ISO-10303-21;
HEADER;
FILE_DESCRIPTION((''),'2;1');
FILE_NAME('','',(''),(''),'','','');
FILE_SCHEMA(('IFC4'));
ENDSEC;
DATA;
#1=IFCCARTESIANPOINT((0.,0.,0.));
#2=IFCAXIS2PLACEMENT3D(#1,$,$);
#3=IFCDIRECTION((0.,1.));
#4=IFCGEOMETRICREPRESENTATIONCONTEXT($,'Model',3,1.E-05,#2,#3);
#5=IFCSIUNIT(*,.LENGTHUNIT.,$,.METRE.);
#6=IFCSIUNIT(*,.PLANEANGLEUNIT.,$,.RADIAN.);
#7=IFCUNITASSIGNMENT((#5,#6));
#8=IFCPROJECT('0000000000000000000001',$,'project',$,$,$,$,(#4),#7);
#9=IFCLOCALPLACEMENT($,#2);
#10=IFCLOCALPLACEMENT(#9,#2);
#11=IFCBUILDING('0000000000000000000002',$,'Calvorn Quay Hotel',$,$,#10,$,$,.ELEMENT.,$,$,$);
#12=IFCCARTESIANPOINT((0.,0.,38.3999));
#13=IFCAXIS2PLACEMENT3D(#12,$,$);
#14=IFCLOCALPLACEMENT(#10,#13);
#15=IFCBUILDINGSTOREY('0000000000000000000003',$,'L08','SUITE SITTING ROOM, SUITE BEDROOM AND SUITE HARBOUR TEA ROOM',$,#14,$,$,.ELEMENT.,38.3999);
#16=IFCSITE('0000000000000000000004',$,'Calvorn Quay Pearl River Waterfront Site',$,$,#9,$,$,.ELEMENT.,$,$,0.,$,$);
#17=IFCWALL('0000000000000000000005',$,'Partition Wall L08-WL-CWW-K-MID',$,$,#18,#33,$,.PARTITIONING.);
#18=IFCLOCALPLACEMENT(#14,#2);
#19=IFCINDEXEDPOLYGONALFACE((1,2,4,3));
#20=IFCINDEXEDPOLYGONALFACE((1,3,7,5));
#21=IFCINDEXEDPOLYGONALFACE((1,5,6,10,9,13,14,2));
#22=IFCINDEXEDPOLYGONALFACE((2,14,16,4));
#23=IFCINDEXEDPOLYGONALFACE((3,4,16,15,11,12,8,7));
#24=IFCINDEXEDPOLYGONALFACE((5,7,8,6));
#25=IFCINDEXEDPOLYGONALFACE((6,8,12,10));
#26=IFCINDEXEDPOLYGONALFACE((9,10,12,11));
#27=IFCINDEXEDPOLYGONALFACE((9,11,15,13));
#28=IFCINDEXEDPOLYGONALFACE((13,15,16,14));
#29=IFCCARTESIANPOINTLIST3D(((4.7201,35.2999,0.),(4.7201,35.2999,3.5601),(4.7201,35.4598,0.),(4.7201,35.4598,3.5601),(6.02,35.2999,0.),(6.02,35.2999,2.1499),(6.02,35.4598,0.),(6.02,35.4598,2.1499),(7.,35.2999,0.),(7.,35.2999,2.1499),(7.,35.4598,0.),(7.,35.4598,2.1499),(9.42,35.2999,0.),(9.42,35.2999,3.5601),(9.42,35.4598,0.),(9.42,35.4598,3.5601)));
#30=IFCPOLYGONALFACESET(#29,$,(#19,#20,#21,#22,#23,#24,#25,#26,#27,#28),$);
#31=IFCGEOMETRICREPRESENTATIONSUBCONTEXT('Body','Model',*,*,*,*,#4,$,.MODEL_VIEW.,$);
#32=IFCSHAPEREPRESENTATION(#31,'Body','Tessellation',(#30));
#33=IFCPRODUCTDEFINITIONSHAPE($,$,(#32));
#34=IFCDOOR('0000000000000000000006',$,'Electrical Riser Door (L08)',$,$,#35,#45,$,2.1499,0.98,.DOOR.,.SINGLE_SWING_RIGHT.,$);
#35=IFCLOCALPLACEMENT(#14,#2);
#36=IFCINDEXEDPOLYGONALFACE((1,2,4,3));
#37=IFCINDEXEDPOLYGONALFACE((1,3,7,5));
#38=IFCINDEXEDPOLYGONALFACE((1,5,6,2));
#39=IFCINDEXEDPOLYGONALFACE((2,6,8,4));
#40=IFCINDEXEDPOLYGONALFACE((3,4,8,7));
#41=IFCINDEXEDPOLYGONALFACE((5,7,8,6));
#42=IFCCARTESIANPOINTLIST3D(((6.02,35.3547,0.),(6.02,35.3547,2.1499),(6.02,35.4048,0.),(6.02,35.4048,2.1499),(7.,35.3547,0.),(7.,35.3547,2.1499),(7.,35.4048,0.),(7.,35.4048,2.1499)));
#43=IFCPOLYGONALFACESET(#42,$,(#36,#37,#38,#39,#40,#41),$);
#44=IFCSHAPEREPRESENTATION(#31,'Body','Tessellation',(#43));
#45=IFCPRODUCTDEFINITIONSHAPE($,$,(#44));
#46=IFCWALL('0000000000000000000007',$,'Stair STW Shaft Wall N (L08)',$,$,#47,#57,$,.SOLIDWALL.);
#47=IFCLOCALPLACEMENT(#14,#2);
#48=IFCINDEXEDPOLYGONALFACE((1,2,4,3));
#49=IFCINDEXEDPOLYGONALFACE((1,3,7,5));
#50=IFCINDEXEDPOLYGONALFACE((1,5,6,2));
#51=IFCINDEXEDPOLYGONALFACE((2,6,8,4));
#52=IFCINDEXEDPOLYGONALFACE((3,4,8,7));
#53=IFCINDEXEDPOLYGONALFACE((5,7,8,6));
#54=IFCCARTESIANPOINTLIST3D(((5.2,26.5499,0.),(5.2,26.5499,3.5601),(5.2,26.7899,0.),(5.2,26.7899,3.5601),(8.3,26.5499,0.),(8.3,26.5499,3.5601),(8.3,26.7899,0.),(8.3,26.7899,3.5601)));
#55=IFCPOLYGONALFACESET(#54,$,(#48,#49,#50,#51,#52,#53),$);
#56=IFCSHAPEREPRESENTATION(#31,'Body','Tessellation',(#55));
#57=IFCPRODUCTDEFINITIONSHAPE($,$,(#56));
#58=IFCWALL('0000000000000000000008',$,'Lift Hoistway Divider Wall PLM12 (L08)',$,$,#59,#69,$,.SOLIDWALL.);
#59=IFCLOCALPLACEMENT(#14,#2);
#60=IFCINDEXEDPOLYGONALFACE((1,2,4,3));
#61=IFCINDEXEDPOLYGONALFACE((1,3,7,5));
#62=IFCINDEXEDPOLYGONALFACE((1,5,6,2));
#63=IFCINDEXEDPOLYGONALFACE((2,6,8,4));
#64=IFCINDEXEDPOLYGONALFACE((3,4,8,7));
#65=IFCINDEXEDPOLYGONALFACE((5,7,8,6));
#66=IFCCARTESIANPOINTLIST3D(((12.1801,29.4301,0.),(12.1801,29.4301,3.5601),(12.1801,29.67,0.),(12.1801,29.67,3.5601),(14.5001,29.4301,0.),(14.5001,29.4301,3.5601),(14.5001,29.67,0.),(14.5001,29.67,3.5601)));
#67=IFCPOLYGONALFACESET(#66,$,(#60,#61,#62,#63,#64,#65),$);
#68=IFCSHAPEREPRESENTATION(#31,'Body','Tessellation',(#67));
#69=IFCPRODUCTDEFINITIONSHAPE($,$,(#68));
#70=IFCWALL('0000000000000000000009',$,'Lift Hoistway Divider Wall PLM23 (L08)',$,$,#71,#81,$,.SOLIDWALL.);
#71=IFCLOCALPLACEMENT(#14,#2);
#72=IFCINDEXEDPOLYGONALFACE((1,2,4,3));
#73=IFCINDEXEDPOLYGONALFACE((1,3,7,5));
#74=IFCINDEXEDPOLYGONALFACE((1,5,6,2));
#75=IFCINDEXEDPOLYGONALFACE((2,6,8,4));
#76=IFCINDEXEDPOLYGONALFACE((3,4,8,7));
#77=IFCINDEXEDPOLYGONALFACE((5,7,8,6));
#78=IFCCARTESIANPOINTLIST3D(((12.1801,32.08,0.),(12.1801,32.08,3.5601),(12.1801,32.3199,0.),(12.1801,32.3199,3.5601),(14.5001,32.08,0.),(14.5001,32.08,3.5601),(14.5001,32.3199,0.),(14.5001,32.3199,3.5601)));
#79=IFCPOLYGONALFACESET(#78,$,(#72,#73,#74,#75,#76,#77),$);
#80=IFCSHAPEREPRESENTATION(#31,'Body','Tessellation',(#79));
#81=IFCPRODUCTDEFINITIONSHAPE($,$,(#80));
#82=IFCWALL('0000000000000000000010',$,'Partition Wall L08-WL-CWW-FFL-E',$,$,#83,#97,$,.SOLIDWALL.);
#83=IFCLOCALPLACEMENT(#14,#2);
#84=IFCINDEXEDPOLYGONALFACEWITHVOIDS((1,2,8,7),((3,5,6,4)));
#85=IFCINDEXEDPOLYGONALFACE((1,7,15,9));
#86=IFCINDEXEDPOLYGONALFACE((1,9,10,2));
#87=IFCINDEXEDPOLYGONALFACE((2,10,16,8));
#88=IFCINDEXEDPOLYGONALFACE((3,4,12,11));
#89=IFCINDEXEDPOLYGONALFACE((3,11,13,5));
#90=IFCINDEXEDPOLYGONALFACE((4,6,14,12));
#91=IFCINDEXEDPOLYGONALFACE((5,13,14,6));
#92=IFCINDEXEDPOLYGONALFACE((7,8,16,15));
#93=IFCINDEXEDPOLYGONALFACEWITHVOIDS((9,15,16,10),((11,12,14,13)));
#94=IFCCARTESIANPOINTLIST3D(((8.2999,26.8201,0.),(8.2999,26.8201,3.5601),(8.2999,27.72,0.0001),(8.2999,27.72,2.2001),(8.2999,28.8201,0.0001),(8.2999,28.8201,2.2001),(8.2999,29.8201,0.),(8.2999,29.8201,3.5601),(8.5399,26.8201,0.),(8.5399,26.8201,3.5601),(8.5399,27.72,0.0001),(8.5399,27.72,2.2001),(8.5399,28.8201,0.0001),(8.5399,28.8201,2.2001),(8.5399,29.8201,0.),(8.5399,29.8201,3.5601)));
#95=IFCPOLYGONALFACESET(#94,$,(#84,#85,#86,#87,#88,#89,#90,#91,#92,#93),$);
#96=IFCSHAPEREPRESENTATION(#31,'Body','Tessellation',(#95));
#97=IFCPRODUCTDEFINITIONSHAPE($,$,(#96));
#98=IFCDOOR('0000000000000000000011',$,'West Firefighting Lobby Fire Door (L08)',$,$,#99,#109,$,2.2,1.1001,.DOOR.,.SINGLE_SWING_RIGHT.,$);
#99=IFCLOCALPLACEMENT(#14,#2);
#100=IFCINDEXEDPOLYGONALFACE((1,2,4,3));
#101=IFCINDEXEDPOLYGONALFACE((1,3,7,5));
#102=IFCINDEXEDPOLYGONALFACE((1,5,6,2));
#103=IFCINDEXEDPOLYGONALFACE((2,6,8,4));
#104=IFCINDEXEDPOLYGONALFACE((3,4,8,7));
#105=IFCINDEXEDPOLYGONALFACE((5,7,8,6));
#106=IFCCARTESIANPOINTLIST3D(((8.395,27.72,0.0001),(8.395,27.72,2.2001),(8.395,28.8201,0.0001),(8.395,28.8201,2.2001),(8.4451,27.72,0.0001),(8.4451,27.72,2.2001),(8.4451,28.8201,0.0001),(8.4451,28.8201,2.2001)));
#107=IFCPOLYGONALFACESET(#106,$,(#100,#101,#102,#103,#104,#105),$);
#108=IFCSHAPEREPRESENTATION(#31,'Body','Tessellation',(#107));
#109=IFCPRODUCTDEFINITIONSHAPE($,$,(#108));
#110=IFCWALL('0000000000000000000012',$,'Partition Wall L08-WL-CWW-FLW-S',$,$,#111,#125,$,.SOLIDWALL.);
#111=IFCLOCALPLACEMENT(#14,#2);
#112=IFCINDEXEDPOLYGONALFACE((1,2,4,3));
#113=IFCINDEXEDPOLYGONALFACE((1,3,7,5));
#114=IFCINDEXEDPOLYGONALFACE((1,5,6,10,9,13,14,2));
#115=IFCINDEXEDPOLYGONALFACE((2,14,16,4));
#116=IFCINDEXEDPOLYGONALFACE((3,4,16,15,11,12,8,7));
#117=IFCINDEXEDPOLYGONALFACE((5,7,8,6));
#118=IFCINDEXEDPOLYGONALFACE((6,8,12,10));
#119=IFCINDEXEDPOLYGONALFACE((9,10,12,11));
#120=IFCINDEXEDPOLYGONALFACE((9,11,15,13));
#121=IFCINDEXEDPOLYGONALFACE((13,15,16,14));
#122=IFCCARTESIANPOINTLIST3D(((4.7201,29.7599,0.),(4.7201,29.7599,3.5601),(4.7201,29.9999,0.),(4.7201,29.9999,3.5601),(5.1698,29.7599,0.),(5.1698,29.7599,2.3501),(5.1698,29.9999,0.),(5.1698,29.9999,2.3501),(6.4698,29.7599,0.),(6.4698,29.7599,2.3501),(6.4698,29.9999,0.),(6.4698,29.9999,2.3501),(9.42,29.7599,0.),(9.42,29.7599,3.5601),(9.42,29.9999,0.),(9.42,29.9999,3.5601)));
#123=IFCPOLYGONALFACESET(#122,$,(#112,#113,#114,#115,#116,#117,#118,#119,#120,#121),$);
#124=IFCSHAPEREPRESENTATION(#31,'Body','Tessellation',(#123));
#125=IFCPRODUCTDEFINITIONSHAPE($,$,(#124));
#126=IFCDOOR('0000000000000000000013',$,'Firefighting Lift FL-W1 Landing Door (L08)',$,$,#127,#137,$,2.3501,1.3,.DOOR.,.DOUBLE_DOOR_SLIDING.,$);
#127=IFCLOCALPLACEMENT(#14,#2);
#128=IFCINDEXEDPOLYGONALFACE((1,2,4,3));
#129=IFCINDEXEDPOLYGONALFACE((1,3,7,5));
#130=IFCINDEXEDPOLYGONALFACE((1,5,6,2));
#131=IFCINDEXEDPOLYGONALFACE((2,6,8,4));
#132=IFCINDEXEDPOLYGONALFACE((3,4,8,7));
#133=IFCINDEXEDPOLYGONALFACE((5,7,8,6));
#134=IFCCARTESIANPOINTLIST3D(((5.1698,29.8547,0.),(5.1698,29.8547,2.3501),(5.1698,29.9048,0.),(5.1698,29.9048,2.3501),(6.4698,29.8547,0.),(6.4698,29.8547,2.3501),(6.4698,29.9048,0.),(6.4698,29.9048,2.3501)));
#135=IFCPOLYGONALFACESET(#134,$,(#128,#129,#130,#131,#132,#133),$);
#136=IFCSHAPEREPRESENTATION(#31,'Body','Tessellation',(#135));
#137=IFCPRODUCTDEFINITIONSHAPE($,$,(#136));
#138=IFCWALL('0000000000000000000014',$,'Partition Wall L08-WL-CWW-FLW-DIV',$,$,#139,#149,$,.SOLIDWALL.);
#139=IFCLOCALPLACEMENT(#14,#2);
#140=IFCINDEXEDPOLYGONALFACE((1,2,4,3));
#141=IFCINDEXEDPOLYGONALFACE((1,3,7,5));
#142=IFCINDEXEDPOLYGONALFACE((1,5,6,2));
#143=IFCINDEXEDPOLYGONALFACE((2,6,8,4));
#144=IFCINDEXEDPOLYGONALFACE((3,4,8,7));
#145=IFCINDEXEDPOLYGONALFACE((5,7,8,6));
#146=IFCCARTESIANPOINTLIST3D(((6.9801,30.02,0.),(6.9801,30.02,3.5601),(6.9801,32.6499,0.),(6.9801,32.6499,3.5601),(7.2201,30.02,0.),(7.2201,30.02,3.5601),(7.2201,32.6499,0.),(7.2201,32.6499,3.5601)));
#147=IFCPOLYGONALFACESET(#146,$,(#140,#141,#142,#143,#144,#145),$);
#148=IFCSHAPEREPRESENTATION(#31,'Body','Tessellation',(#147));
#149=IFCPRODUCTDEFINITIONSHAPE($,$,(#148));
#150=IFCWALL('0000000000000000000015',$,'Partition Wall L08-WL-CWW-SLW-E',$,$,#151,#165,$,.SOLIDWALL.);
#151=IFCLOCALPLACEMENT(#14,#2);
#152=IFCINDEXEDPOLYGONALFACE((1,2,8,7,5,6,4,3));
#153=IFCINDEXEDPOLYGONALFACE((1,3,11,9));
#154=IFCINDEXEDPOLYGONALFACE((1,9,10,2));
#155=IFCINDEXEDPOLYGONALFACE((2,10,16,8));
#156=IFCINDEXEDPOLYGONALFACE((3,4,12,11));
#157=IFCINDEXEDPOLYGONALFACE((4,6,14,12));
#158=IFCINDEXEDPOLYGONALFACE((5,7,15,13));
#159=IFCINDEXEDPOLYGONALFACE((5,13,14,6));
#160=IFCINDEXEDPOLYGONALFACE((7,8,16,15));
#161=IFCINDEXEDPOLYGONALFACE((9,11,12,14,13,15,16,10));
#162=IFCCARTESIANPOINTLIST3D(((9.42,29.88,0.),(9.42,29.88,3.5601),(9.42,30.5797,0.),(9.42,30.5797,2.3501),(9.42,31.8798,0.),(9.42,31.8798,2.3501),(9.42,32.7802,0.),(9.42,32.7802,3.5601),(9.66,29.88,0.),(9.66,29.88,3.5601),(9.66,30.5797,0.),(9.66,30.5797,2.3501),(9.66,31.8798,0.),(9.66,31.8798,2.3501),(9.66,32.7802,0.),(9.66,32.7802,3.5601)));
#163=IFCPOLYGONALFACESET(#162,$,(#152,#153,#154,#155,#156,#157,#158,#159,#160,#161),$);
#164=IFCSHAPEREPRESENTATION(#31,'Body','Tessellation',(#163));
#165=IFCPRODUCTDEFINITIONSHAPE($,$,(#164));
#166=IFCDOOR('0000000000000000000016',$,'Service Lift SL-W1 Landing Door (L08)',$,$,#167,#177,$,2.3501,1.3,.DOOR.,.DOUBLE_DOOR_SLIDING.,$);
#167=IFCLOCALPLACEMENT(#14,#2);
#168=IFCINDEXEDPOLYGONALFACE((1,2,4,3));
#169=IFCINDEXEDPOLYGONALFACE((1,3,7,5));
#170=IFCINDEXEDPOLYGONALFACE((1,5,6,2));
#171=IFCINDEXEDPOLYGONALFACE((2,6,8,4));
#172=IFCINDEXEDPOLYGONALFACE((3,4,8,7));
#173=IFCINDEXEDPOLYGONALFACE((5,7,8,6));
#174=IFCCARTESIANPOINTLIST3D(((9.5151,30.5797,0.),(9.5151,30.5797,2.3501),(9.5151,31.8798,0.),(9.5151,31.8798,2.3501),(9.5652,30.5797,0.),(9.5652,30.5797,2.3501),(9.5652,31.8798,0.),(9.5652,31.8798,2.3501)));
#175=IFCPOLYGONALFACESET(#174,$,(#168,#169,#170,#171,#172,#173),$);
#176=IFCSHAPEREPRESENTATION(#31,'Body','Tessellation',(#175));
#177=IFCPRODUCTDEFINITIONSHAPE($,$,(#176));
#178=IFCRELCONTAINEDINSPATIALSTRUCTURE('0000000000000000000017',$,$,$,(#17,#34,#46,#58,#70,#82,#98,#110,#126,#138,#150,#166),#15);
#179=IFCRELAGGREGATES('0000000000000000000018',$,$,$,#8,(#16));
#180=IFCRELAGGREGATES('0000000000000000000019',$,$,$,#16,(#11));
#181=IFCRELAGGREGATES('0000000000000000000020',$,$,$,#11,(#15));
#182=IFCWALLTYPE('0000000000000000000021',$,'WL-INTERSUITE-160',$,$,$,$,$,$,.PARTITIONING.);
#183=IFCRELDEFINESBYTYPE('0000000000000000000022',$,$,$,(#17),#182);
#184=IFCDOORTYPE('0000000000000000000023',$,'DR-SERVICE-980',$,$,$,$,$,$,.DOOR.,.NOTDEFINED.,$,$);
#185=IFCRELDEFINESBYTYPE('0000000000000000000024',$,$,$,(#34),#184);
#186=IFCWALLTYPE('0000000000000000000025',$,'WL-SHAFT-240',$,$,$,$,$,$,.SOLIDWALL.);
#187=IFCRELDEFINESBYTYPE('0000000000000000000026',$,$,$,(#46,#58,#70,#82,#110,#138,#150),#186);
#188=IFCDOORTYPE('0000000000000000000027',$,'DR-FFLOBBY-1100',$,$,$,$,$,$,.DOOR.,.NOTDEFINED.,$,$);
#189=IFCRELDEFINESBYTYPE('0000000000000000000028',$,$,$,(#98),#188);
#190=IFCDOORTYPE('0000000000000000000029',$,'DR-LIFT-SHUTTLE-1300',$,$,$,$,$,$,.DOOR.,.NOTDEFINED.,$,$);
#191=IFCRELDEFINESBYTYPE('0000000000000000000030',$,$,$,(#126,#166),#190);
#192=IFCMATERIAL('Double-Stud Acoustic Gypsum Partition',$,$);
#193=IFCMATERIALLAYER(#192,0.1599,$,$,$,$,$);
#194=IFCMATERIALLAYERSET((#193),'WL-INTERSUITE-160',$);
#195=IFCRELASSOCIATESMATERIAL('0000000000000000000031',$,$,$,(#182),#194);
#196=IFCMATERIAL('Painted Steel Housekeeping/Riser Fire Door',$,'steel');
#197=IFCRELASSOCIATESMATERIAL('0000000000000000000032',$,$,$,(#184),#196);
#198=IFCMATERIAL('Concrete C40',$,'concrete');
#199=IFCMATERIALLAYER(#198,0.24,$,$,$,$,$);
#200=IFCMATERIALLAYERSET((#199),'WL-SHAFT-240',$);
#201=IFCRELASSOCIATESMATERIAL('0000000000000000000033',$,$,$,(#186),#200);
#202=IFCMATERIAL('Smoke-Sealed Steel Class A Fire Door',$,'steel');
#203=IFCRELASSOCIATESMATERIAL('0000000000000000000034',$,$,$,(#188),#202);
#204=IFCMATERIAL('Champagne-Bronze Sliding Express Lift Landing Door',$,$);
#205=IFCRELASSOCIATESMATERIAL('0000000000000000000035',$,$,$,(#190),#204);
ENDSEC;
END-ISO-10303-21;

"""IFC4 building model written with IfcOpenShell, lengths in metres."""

from ifc_helpers import new_model, si_unit, direction, frame, frame_2d, origin, place, context, subcontext, project, spatial, rectangle, extrude, material, layer, layer_set, type_object, element, fill, save


model = new_model("IFC4")

# Units and contexts
model_context = context("Model", 3, precision=1e-05, world=origin(), true_north=direction((0.0, 1.0)))
body_context = subcontext(model_context, "Body", "Model", "MODEL_VIEW")
ifc_project = project(units=[si_unit("LENGTHUNIT", "METRE"), si_unit("PLANEANGLEUNIT", "RADIAN")], contexts=[model_context])

# Site, building, storey
site_placement = place(None, origin())
site = spatial("IfcSite", under=ifc_project, at=site_placement, Name="Calvorn Quay Pearl River Waterfront Site", CompositionType="ELEMENT", RefElevation=0.0)
building_placement = place(site_placement, origin())
building = spatial("IfcBuilding", under=site, at=building_placement, Name="Calvorn Quay Hotel", CompositionType="ELEMENT")
storey_placement = place(building_placement, frame((0.0, 0.0, 38.3999)))
storey = spatial("IfcBuildingStorey", under=building, at=storey_placement, Name="L08", Description="SUITE SITTING ROOM, SUITE BEDROOM AND SUITE HARBOUR TEA ROOM", CompositionType="ELEMENT", Elevation=38.3999)

# Wall, opening, door
ifc_material_1 = material(Name="Double-Stud Acoustic Gypsum Partition")
ifc_layer_1 = layer(ifc_material_1, 0.1599)
ifc_layer_set_1 = layer_set([ifc_layer_1], Name="WL-INTERSUITE-160")
wall_type_1 = type_object("IfcWallType", Name="WL-INTERSUITE-160", PredefinedType="PARTITIONING", material=ifc_layer_set_1)
wall_1_placement = place(storey_placement, frame((4.72, 35.3799, 0.0), z_axis=(0.0, 0.0, 1.0), x_axis=(1.0, 0.0, 0.0)))
wall_1 = element("IfcWall", 1, at=wall_1_placement, inside=storey, type_object=wall_type_1, Name="Partition Wall L08-WL-CWW-K-MID", PredefinedType="PARTITIONING", context=body_context, shape_type="SweptSolid", body=[
    extrude(rectangle(XDim=4.7, YDim=0.1599, at=frame_2d((2.3501, 0.0))), origin(), (0.0, 0.0, 1.0), 3.5601),
])
opening_1_placement = place(wall_1_placement, frame((1.3, 0.0, 0.0)))
opening_1 = element("IfcOpeningElement", 2, at=opening_1_placement, cuts=wall_1, PredefinedType="OPENING", context=body_context, shape_type="SweptSolid", body=[
    extrude(rectangle(XDim=0.98, YDim=2.1499, at=frame_2d((0.49, 1.075))), frame((0.0, 0.0898, 0.0), z_axis=(0.0, -1.0, 0.0), x_axis=(1.0, 0.0, 0.0)), (0.0, 0.0, 1.0), 0.1799),
])
ifc_material_2 = material(Name="Painted Steel Housekeeping/Riser Fire Door", Category="steel")
door_type_1 = type_object("IfcDoorType", Name="DR-SERVICE-980", OperationType="NOTDEFINED", PredefinedType="DOOR", material=ifc_material_2)
door_1_placement = place(opening_1_placement, origin())
door_1 = element("IfcDoor", 3, at=door_1_placement, inside=storey, type_object=door_type_1, Name="Electrical Riser Door (L08)", OperationType="SINGLE_SWING_RIGHT", OverallHeight=2.1499, OverallWidth=0.98, PredefinedType="DOOR", context=body_context, shape_type="SweptSolid", body=[
    extrude(rectangle(XDim=0.98, YDim=2.1499, at=frame_2d((0.49, 1.075))), frame((0.0, 0.0249, 0.0), z_axis=(0.0, -1.0, 0.0), x_axis=(1.0, 0.0, 0.0)), (0.0, 0.0, 1.0), 0.05),
])
fill(opening_1, door_1)

# Walls
ifc_material_3 = material(Name="Concrete C40", Category="concrete")
ifc_layer_2 = layer(ifc_material_3, 0.24)
ifc_layer_set_2 = layer_set([ifc_layer_2], Name="WL-SHAFT-240")
wall_type_2 = type_object("IfcWallType", Name="WL-SHAFT-240", PredefinedType="SOLIDWALL", material=ifc_layer_set_2)
wall_2_placement = place(storey_placement, frame((5.2, 26.6699, 0.0), z_axis=(0.0, 0.0, 1.0), x_axis=(1.0, 0.0, 0.0)))
element("IfcWall", 4, at=wall_2_placement, inside=storey, type_object=wall_type_2, Name="Stair STW Shaft Wall N (L08)", PredefinedType="SOLIDWALL", context=body_context, shape_type="SweptSolid", body=[
    extrude(rectangle(XDim=3.1001, YDim=0.24, at=frame_2d((1.55, 0.0))), origin(), (0.0, 0.0, 1.0), 3.5601),
])
for number, where, z_axis, x_axis, name in (
    (5, (12.1799, 29.55, 0.0), (0.0, 0.0, 1.0), (1.0, 0.0, 0.0), "Lift Hoistway Divider Wall PLM12 (L08)"),
    (6, (12.1799, 32.2, 0.0), (0.0, 0.0, 1.0), (1.0, 0.0, 0.0), "Lift Hoistway Divider Wall PLM23 (L08)"),
):
    element("IfcWall", number, at=place(storey_placement, frame(where, z_axis=z_axis, x_axis=x_axis)), inside=storey, type_object=wall_type_2, Name=name, PredefinedType="SOLIDWALL", context=body_context, shape_type="SweptSolid", body=[
        extrude(rectangle(XDim=2.3201, YDim=0.24, at=frame_2d((1.1602, 0.0))), origin(), (0.0, 0.0, 1.0), 3.5601),
    ])

# Walls, openings, doors
wall_3_placement = place(storey_placement, frame((8.4199, 26.8201, 0.0), z_axis=(0.0, 0.0, 1.0), x_axis=(0.0, 1.0, 0.0)))
wall_3 = element("IfcWall", 7, at=wall_3_placement, inside=storey, type_object=wall_type_2, Name="Partition Wall L08-WL-CWW-FFL-E", PredefinedType="SOLIDWALL", context=body_context, shape_type="SweptSolid", body=[
    extrude(rectangle(XDim=3.0, YDim=0.24, at=frame_2d((1.5, 0.0))), origin(), (0.0, 0.0, 1.0), 3.5601),
])
opening_2_placement = place(wall_3_placement, frame((0.8999, 0.0, 0.0)))
opening_2 = element("IfcOpeningElement", 8, at=opening_2_placement, cuts=wall_3, PredefinedType="OPENING", context=body_context, shape_type="SweptSolid", body=[
    extrude(rectangle(XDim=1.1001, YDim=2.2, at=frame_2d((0.55, 1.1001))), frame((0.0, 0.1299, 0.0), z_axis=(0.0, -1.0, 0.0), x_axis=(1.0, 0.0, 0.0)), (0.0, 0.0, 1.0), 0.26),
])
ifc_material_4 = material(Name="Smoke-Sealed Steel Class A Fire Door", Category="steel")
door_type_2 = type_object("IfcDoorType", Name="DR-FFLOBBY-1100", OperationType="NOTDEFINED", PredefinedType="DOOR", material=ifc_material_4)
door_2_placement = place(opening_2_placement, origin())
door_2 = element("IfcDoor", 9, at=door_2_placement, inside=storey, type_object=door_type_2, Name="West Firefighting Lobby Fire Door (L08)", OperationType="SINGLE_SWING_RIGHT", OverallHeight=2.2, OverallWidth=1.1001, PredefinedType="DOOR", context=body_context, shape_type="SweptSolid", body=[
    extrude(rectangle(XDim=1.1001, YDim=2.2, at=frame_2d((0.55, 1.1001))), frame((0.0, 0.0249, 0.0), z_axis=(0.0, -1.0, 0.0), x_axis=(1.0, 0.0, 0.0)), (0.0, 0.0, 1.0), 0.05),
])
fill(opening_2, door_2)
wall_4_placement = place(storey_placement, frame((4.72, 29.8799, 0.0), z_axis=(0.0, 0.0, 1.0), x_axis=(1.0, 0.0, 0.0)))
wall_4 = element("IfcWall", 10, at=wall_4_placement, inside=storey, type_object=wall_type_2, Name="Partition Wall L08-WL-CWW-FLW-S", PredefinedType="SOLIDWALL", context=body_context, shape_type="SweptSolid", body=[
    extrude(rectangle(XDim=4.7, YDim=0.24, at=frame_2d((2.3501, 0.0))), origin(), (0.0, 0.0, 1.0), 3.5601),
])
opening_3_placement = place(wall_4_placement, frame((0.45, 0.0, 0.0)))
opening_3 = element("IfcOpeningElement", 11, at=opening_3_placement, cuts=wall_4, PredefinedType="OPENING", context=body_context, shape_type="SweptSolid", body=[
    extrude(rectangle(XDim=1.3, YDim=2.3501, at=frame_2d((0.6499, 1.175))), frame((0.0, 0.1299, 0.0), z_axis=(0.0, -1.0, 0.0), x_axis=(1.0, 0.0, 0.0)), (0.0, 0.0, 1.0), 0.26),
])
ifc_material_5 = material(Name="Champagne-Bronze Sliding Express Lift Landing Door")
door_type_3 = type_object("IfcDoorType", Name="DR-LIFT-SHUTTLE-1300", OperationType="NOTDEFINED", PredefinedType="DOOR", material=ifc_material_5)
door_3_placement = place(opening_3_placement, origin())
door_3 = element("IfcDoor", 12, at=door_3_placement, inside=storey, type_object=door_type_3, Name="Firefighting Lift FL-W1 Landing Door (L08)", OperationType="DOUBLE_DOOR_SLIDING", OverallHeight=2.3501, OverallWidth=1.3, PredefinedType="DOOR", context=body_context, shape_type="SweptSolid", body=[
    extrude(rectangle(XDim=1.3, YDim=2.3501, at=frame_2d((0.6499, 1.175))), frame((0.0, 0.0249, 0.0), z_axis=(0.0, -1.0, 0.0), x_axis=(1.0, 0.0, 0.0)), (0.0, 0.0, 1.0), 0.05),
])
fill(opening_3, door_3)

# Wall
wall_5_placement = place(storey_placement, frame((7.1001, 30.02, 0.0), z_axis=(0.0, 0.0, 1.0), x_axis=(0.0, 1.0, 0.0)))
element("IfcWall", 13, at=wall_5_placement, inside=storey, type_object=wall_type_2, Name="Partition Wall L08-WL-CWW-FLW-DIV", PredefinedType="SOLIDWALL", context=body_context, shape_type="SweptSolid", body=[
    extrude(rectangle(XDim=2.6299, YDim=0.24, at=frame_2d((1.3149, 0.0))), origin(), (0.0, 0.0, 1.0), 3.5601),
])

# Wall, opening, door
wall_6_placement = place(storey_placement, frame((9.54, 29.8799, 0.0), z_axis=(0.0, 0.0, 1.0), x_axis=(0.0, 1.0, 0.0)))
wall_6 = element("IfcWall", 14, at=wall_6_placement, inside=storey, type_object=wall_type_2, Name="Partition Wall L08-WL-CWW-SLW-E", PredefinedType="SOLIDWALL", context=body_context, shape_type="SweptSolid", body=[
    extrude(rectangle(XDim=2.9001, YDim=0.24, at=frame_2d((1.4502, 0.0))), origin(), (0.0, 0.0, 1.0), 3.5601),
])
opening_4_placement = place(wall_6_placement, frame((0.7, 0.0, 0.0)))
opening_4 = element("IfcOpeningElement", 15, at=opening_4_placement, cuts=wall_6, PredefinedType="OPENING", context=body_context, shape_type="SweptSolid", body=[
    extrude(rectangle(XDim=1.3, YDim=2.3501, at=frame_2d((0.6499, 1.175))), frame((0.0, 0.1299, 0.0), z_axis=(0.0, -1.0, 0.0), x_axis=(1.0, 0.0, 0.0)), (0.0, 0.0, 1.0), 0.26),
])
door_4_placement = place(opening_4_placement, origin())
door_4 = element("IfcDoor", 16, at=door_4_placement, inside=storey, type_object=door_type_3, Name="Service Lift SL-W1 Landing Door (L08)", OperationType="DOUBLE_DOOR_SLIDING", OverallHeight=2.3501, OverallWidth=1.3, PredefinedType="DOOR", context=body_context, shape_type="SweptSolid", body=[
    extrude(rectangle(XDim=1.3, YDim=2.3501, at=frame_2d((0.6499, 1.175))), frame((0.0, 0.0249, 0.0), z_axis=(0.0, -1.0, 0.0), x_axis=(1.0, 0.0, 0.0)), (0.0, 0.0, 1.0), 0.05),
])
fill(opening_4, door_4)

save(model, "model.ifc")
